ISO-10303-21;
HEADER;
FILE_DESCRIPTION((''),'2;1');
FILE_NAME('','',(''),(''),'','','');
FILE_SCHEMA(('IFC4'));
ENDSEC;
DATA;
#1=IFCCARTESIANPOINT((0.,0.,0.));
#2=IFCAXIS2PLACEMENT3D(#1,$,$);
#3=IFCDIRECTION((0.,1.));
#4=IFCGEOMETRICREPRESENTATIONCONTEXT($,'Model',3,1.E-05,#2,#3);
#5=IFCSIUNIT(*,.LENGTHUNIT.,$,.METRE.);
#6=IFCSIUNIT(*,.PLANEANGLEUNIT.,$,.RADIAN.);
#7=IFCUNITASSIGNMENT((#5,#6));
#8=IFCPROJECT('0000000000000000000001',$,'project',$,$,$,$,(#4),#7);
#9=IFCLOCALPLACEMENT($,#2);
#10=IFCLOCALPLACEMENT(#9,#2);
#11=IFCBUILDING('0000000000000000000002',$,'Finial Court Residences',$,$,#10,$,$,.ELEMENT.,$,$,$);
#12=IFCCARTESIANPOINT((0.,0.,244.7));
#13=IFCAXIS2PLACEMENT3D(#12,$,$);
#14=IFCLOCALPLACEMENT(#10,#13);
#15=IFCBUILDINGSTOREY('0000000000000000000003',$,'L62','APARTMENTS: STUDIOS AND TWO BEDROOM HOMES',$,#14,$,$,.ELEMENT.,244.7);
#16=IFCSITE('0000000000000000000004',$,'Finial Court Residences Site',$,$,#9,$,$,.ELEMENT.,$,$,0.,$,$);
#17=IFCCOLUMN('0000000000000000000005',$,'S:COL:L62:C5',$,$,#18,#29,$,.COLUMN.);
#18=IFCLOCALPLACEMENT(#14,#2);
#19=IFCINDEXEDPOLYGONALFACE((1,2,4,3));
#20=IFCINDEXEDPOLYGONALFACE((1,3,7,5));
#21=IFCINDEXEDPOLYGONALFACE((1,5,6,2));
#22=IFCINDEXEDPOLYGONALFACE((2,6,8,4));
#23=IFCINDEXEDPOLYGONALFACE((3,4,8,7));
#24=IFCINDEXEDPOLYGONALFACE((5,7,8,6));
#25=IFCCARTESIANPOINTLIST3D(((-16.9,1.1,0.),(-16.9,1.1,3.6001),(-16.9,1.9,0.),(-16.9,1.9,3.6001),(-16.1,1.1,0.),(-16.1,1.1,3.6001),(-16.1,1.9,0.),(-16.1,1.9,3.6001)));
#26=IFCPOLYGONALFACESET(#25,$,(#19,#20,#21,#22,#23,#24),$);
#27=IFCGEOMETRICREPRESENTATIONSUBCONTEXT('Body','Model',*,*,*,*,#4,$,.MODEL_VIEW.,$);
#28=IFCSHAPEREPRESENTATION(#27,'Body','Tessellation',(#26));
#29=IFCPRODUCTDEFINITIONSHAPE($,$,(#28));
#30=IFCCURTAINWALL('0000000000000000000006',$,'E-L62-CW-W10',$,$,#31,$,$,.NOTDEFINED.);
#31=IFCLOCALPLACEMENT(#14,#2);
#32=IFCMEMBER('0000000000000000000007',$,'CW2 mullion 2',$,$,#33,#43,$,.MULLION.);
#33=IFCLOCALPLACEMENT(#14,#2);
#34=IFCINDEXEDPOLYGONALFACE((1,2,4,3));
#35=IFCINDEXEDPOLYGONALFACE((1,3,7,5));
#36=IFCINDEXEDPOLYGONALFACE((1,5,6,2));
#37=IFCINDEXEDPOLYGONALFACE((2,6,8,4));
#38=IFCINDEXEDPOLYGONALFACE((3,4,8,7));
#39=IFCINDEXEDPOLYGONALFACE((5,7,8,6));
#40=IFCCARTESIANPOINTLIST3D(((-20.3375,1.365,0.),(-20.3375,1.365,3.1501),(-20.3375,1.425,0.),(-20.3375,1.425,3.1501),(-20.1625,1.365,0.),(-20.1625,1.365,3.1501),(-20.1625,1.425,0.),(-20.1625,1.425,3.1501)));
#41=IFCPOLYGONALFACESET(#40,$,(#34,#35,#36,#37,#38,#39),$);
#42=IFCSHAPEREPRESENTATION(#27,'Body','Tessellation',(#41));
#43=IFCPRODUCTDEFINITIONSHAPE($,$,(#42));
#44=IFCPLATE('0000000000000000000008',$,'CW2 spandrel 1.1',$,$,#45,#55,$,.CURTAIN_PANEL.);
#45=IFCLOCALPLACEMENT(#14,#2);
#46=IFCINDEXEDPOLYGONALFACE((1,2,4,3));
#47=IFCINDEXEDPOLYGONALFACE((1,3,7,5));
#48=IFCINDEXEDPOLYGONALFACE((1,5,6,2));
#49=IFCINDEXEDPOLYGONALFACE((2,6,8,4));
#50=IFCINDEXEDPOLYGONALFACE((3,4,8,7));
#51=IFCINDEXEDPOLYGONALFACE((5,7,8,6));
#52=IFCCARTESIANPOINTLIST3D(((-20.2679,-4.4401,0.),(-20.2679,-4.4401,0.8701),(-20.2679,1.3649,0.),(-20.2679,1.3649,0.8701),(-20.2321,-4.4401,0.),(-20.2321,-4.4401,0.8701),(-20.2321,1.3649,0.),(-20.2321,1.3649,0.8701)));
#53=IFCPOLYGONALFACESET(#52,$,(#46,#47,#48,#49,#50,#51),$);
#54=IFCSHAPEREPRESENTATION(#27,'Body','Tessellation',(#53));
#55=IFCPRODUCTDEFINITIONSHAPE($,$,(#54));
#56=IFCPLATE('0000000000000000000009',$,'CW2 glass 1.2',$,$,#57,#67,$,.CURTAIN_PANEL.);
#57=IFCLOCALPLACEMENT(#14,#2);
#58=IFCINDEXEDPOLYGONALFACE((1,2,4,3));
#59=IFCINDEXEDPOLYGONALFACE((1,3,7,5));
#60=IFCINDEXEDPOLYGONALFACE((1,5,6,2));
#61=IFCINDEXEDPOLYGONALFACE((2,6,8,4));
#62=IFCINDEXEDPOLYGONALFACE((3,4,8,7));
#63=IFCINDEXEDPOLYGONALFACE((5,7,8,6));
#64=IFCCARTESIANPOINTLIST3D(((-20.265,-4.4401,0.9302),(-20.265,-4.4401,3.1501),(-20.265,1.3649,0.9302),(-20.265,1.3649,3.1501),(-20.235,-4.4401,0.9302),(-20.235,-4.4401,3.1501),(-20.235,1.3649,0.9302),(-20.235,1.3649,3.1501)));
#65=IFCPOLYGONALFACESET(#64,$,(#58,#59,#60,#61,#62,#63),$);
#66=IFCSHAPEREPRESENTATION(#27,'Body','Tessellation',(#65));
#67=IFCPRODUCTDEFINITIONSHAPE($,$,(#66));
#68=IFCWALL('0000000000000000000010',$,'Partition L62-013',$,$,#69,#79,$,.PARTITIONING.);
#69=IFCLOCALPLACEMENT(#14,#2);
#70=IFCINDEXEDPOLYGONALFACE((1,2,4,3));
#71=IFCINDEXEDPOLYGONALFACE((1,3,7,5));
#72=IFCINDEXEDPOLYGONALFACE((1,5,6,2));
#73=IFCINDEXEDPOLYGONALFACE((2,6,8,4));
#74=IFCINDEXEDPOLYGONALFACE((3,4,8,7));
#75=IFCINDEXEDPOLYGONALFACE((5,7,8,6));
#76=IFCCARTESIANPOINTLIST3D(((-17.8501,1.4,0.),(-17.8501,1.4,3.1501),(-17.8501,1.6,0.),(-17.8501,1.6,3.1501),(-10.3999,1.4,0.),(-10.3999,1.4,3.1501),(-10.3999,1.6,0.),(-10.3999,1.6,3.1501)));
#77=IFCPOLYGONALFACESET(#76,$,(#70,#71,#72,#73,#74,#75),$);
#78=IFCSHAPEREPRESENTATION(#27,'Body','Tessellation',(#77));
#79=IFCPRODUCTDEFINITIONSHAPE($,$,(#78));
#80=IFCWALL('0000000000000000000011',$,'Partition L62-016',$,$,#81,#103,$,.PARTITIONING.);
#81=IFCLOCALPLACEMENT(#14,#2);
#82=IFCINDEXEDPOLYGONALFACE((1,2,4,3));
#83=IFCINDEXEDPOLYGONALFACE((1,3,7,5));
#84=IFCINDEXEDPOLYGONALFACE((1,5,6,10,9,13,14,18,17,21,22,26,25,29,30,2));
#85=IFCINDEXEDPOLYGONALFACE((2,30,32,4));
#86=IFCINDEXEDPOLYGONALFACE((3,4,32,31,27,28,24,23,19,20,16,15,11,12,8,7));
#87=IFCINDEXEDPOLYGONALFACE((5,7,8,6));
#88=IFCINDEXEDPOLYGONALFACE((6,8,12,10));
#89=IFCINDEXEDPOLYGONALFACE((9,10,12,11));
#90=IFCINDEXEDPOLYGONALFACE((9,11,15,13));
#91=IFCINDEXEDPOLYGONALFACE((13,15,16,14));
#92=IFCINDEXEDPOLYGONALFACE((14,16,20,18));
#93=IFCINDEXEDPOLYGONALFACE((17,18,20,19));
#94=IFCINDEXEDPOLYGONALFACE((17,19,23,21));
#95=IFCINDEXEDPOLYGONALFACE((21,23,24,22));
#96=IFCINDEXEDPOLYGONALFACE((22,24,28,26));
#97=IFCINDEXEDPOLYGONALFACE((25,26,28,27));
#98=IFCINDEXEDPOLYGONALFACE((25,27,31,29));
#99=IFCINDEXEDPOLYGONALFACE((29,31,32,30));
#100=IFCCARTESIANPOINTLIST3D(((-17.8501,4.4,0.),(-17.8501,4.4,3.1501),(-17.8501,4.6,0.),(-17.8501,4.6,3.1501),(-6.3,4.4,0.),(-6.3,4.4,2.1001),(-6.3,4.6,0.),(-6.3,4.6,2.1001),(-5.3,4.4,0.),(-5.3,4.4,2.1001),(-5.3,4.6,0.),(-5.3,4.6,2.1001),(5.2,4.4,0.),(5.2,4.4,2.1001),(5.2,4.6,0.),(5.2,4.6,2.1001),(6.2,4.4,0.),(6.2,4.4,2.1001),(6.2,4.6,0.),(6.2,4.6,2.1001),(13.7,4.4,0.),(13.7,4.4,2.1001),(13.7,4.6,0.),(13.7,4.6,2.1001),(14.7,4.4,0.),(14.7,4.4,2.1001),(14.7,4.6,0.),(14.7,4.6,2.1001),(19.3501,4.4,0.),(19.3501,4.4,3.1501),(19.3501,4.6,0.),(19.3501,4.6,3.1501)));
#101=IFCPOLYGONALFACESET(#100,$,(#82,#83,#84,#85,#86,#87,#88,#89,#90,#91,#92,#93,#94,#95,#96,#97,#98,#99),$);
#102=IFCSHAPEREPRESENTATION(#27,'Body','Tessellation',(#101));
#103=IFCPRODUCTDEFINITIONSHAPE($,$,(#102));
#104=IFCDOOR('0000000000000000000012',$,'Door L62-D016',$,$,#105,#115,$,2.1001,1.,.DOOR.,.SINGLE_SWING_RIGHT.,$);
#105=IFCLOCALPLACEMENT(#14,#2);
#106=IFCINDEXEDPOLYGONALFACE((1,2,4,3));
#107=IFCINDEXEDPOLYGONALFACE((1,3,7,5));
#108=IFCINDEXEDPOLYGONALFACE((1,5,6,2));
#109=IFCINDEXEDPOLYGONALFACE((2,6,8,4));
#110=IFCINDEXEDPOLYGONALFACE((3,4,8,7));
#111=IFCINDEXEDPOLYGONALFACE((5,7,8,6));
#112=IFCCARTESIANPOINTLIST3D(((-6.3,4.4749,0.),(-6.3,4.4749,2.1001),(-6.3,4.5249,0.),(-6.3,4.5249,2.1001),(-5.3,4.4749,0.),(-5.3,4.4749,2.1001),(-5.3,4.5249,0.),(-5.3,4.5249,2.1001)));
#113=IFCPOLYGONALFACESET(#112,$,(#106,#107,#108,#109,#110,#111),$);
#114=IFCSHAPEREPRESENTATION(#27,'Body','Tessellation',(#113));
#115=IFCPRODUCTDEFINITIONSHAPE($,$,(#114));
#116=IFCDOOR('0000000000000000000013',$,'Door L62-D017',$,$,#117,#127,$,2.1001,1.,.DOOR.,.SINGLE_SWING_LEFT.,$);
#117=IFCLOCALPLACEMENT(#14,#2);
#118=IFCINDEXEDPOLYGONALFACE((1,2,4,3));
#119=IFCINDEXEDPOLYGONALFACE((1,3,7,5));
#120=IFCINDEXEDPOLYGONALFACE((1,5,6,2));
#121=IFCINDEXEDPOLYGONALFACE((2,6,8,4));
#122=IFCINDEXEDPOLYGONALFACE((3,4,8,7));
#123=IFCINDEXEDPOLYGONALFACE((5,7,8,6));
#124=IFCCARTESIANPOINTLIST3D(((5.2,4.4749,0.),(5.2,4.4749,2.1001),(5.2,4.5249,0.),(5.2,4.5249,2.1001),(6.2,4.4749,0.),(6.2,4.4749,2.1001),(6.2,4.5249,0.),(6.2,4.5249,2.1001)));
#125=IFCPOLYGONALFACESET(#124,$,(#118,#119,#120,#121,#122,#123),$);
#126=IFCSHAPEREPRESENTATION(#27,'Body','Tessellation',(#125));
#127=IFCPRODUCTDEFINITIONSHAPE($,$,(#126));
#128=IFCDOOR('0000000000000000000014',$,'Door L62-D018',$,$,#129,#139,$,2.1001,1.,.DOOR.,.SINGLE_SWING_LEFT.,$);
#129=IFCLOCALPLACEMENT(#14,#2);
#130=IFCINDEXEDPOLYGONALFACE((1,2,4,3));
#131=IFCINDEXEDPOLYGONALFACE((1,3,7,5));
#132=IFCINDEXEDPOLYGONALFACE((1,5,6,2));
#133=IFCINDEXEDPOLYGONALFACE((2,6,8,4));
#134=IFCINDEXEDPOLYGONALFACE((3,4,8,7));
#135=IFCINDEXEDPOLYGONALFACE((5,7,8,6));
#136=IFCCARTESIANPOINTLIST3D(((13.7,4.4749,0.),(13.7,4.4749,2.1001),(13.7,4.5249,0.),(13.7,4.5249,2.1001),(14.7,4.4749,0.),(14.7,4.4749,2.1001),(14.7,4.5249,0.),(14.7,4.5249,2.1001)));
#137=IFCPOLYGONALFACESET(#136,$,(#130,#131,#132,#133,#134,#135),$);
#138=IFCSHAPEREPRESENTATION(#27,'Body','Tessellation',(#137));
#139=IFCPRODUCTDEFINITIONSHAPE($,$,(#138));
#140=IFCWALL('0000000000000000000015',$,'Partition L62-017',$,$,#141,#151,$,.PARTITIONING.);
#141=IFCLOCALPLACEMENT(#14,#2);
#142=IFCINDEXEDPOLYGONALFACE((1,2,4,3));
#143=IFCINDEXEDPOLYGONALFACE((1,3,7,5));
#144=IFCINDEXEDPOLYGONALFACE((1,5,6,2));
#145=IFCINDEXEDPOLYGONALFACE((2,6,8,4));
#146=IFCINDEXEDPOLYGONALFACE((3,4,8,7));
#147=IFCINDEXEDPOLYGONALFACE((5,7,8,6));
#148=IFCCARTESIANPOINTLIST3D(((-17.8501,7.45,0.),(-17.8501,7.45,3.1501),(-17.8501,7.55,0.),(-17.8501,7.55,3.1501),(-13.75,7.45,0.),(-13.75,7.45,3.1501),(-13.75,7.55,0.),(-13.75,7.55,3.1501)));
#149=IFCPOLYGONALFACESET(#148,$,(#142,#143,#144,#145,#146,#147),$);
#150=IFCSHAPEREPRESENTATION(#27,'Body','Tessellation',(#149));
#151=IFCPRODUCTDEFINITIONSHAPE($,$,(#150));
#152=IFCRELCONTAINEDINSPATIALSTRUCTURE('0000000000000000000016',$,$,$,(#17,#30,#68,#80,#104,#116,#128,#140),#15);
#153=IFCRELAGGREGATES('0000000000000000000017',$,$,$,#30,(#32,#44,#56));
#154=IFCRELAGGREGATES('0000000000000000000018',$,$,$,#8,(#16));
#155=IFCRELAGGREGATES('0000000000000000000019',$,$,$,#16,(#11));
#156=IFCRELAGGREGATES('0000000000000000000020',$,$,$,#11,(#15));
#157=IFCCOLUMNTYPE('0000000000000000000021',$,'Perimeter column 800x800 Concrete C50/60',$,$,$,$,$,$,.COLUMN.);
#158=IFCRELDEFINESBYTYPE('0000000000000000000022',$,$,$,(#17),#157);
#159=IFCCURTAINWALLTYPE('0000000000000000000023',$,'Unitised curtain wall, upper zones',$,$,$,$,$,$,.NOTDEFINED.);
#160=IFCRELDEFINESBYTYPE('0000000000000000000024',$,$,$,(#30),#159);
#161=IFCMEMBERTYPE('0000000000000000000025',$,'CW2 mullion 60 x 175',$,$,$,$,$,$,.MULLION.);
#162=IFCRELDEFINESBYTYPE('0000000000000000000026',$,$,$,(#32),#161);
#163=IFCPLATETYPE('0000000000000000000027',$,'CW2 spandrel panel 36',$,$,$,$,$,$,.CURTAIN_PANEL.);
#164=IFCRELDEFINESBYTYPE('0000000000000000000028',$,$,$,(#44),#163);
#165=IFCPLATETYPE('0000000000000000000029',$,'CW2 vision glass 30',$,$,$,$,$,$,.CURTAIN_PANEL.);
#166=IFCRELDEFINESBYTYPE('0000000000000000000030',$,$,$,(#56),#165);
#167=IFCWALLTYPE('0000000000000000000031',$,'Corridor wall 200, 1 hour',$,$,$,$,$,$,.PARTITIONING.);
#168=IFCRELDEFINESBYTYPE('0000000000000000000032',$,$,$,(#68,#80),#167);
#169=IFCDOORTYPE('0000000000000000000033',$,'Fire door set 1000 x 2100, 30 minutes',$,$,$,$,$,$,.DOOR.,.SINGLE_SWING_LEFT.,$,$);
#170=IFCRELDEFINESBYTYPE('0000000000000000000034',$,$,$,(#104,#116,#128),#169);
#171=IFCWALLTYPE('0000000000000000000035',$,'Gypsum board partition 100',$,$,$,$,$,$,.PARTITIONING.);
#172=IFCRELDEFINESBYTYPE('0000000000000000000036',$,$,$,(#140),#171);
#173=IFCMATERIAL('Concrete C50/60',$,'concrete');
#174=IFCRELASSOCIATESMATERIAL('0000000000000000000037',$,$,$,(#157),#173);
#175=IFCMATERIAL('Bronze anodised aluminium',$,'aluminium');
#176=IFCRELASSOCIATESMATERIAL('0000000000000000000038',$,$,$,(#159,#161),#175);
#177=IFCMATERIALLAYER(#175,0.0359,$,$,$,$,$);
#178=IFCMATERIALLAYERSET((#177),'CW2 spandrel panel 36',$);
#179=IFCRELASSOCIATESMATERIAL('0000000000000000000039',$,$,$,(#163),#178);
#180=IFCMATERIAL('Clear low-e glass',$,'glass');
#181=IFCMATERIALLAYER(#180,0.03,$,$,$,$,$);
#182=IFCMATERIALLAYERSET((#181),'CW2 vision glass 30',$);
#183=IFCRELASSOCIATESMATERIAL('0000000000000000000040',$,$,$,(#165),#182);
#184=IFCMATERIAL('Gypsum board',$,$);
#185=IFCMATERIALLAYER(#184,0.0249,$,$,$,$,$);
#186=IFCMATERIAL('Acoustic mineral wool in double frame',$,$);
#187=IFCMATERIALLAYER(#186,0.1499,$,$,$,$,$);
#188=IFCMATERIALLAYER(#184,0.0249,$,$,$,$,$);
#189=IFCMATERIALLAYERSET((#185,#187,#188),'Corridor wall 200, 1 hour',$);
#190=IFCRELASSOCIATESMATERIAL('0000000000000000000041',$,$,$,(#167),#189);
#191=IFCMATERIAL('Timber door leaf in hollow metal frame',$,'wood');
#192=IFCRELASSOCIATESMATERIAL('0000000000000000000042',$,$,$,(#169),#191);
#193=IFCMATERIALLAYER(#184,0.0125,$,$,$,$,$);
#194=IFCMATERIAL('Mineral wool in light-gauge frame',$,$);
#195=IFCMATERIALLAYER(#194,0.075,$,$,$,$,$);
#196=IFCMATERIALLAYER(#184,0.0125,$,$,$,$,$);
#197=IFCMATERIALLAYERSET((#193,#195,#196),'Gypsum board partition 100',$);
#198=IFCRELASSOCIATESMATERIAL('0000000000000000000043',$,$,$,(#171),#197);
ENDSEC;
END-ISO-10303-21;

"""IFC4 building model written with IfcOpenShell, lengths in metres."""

from ifc_helpers import new_model, si_unit, direction, frame, frame_2d, origin, origin_2d, place, context, subcontext, project, spatial, rectangle, extrude, material, layer, layer_set, material_profile, profile_set, type_object, element, fill, aggregate, save


model = new_model("IFC4")

# Units and contexts
model_context = context("Model", 3, precision=1e-05, world=origin(), true_north=direction((0.0, 1.0)))
body_context = subcontext(model_context, "Body", "Model", "MODEL_VIEW")
ifc_project = project(units=[si_unit("LENGTHUNIT", "METRE"), si_unit("PLANEANGLEUNIT", "RADIAN")], contexts=[model_context])

# Site, building, storey
site_placement = place(None, origin())
site = spatial("IfcSite", under=ifc_project, at=site_placement, Name="Finial Court Residences Site", CompositionType="ELEMENT", RefElevation=0.0)
building_placement = place(site_placement, origin())
building = spatial("IfcBuilding", under=site, at=building_placement, Name="Finial Court Residences", CompositionType="ELEMENT")
storey_placement = place(building_placement, frame((0.0, 0.0, 244.7)))
storey = spatial("IfcBuildingStorey", under=building, at=storey_placement, Name="L62", Description="APARTMENTS: STUDIOS AND TWO BEDROOM HOMES", CompositionType="ELEMENT", Elevation=244.7)

# Column
ifc_material_1 = material(Name="Concrete C50/60", Category="concrete")
ifc_material_profile_1 = material_profile(ifc_material_1, rectangle(XDim=0.8, YDim=0.8, at=origin_2d()), Name="800x800")
ifc_profile_set_1 = profile_set([ifc_material_profile_1], Name="Concrete C50/60")
column_type = type_object("IfcColumnType", Name="Perimeter column 800x800 Concrete C50/60", PredefinedType="COLUMN", material=ifc_profile_set_1)
column_placement = place(storey_placement, frame((-16.5, 1.5, 0.0), z_axis=(0.0, 0.0, 1.0), x_axis=(1.0, 0.0, 0.0)))
element("IfcColumn", 1, at=column_placement, inside=storey, type_object=column_type, Name="S:COL:L62:C5", PredefinedType="COLUMN", context=body_context, shape_type="SweptSolid", body=[
    extrude(rectangle(XDim=0.8, YDim=0.8, at=origin_2d()), origin(), (0.0, 0.0, 1.0), 3.6001),
])

# Curtain wall, member, plates
ifc_material_2 = material(Name="Bronze anodised aluminium", Category="aluminium")
curtain_wall_type = type_object("IfcCurtainWallType", Name="Unitised curtain wall, upper zones", PredefinedType="NOTDEFINED", material=ifc_material_2)
curtain_wall_placement = place(storey_placement, origin())
curtain_wall = element("IfcCurtainWall", 2, at=curtain_wall_placement, inside=storey, type_object=curtain_wall_type, Name="E-L62-CW-W10", PredefinedType="NOTDEFINED")
ifc_material_profile_2 = material_profile(ifc_material_2, rectangle(XDim=0.175, YDim=0.0601, at=origin_2d()), Name="CW2 mullion 60 x 175")
ifc_profile_set_2 = profile_set([ifc_material_profile_2], Name="Bronze anodised aluminium")
member_type = type_object("IfcMemberType", Name="CW2 mullion 60 x 175", PredefinedType="MULLION", material=ifc_profile_set_2)
member_placement = place(storey_placement, frame((-20.25, 1.395, 0.0), z_axis=(0.0, 0.0, 1.0), x_axis=(-1.0, 0.0, 0.0)))
member = element("IfcMember", 3, at=member_placement, type_object=member_type, Name="CW2 mullion 2", PredefinedType="MULLION", context=body_context, shape_type="SweptSolid", body=[
    extrude(rectangle(XDim=0.175, YDim=0.0601, at=origin_2d()), origin(), (0.0, 0.0, 1.0), 3.1501),
])
ifc_layer_1 = layer(ifc_material_2, 0.0359)
ifc_layer_set_1 = layer_set([ifc_layer_1], Name="CW2 spandrel panel 36")
plate_type_1 = type_object("IfcPlateType", Name="CW2 spandrel panel 36", PredefinedType="CURTAIN_PANEL", material=ifc_layer_set_1)
plate_1_placement = place(storey_placement, frame((-20.25, -1.5376, 0.0), z_axis=(0.0, 0.0, 1.0), x_axis=(0.0, 1.0, 0.0)))
plate_1 = element("IfcPlate", 4, at=plate_1_placement, type_object=plate_type_1, Name="CW2 spandrel 1.1", PredefinedType="CURTAIN_PANEL", context=body_context, shape_type="SweptSolid", body=[
    extrude(rectangle(XDim=5.8049, YDim=0.0359, at=origin_2d()), origin(), (0.0, 0.0, 1.0), 0.8701),
])
ifc_material_3 = material(Name="Clear low-e glass", Category="glass")
ifc_layer_2 = layer(ifc_material_3, 0.03)
ifc_layer_set_2 = layer_set([ifc_layer_2], Name="CW2 vision glass 30")
plate_type_2 = type_object("IfcPlateType", Name="CW2 vision glass 30", PredefinedType="CURTAIN_PANEL", material=ifc_layer_set_2)
plate_2_placement = place(storey_placement, frame((-20.25, -1.5376, 0.9302), z_axis=(0.0, 0.0, 1.0), x_axis=(0.0, 1.0, 0.0)))
plate_2 = element("IfcPlate", 5, at=plate_2_placement, type_object=plate_type_2, Name="CW2 glass 1.2", PredefinedType="CURTAIN_PANEL", context=body_context, shape_type="SweptSolid", body=[
    extrude(rectangle(XDim=5.8049, YDim=0.03, at=origin_2d()), origin(), (0.0, 0.0, 1.0), 2.22),
])
aggregate(curtain_wall, [member, plate_1, plate_2])

# Wall
ifc_material_4 = material(Name="Gypsum board")
ifc_layer_3 = layer(ifc_material_4, 0.0249)
ifc_material_5 = material(Name="Acoustic mineral wool in double frame")
ifc_layer_4 = layer(ifc_material_5, 0.1499)
ifc_layer_5 = layer(ifc_material_4, 0.0249)
ifc_layer_set_3 = layer_set([ifc_layer_3, ifc_layer_4, ifc_layer_5], Name="Corridor wall 200, 1 hour")
wall_type_1 = type_object("IfcWallType", Name="Corridor wall 200, 1 hour", PredefinedType="PARTITIONING", material=ifc_layer_set_3)
wall_1_placement = place(storey_placement, frame((-17.8501, 1.5, 0.0), z_axis=(0.0, 0.0, 1.0), x_axis=(1.0, 0.0, 0.0)))
element("IfcWall", 6, at=wall_1_placement, inside=storey, type_object=wall_type_1, Name="Partition L62-013", PredefinedType="PARTITIONING", context=body_context, shape_type="SweptSolid", body=[
    extrude(rectangle(XDim=7.4502, YDim=0.2, at=frame_2d((3.7251, 0.0))), origin(), (0.0, 0.0, 1.0), 3.1501),
])

# Wall, openings, doors
wall_2_placement = place(storey_placement, frame((-17.8501, 4.5, 0.0), z_axis=(0.0, 0.0, 1.0), x_axis=(1.0, 0.0, 0.0)))
wall_2 = element("IfcWall", 7, at=wall_2_placement, inside=storey, type_object=wall_type_1, Name="Partition L62-016", PredefinedType="PARTITIONING", context=body_context, shape_type="SweptSolid", body=[
    extrude(rectangle(XDim=37.2002, YDim=0.2, at=frame_2d((18.6001, 0.0))), origin(), (0.0, 0.0, 1.0), 3.1501),
])
opening_1_placement = place(wall_2_placement, frame((11.55, 0.0, 0.0)))
opening_1 = element("IfcOpeningElement", 8, at=opening_1_placement, cuts=wall_2, PredefinedType="OPENING", context=body_context, shape_type="SweptSolid", body=[
    extrude(rectangle(XDim=1.0, YDim=2.1001, at=frame_2d((0.5, 1.05))), frame((0.0, 0.1099, 0.0), z_axis=(0.0, -1.0, 0.0), x_axis=(1.0, 0.0, 0.0)), (0.0, 0.0, 1.0), 0.22),
])
opening_2_placement = place(wall_2_placement, frame((23.05, 0.0, 0.0)))
opening_2 = element("IfcOpeningElement", 9, at=opening_2_placement, cuts=wall_2, PredefinedType="OPENING", context=body_context, shape_type="SweptSolid", body=[
    extrude(rectangle(XDim=1.0, YDim=2.1001, at=frame_2d((0.5, 1.05))), frame((0.0, 0.1099, 0.0), z_axis=(0.0, -1.0, 0.0), x_axis=(1.0, 0.0, 0.0)), (0.0, 0.0, 1.0), 0.22),
])
opening_3_placement = place(wall_2_placement, frame((31.55, 0.0, 0.0)))
opening_3 = element("IfcOpeningElement", 10, at=opening_3_placement, cuts=wall_2, PredefinedType="OPENING", context=body_context, shape_type="SweptSolid", body=[
    extrude(rectangle(XDim=1.0, YDim=2.1001, at=frame_2d((0.5, 1.05))), frame((0.0, 0.1099, 0.0), z_axis=(0.0, -1.0, 0.0), x_axis=(1.0, 0.0, 0.0)), (0.0, 0.0, 1.0), 0.22),
])
ifc_material_6 = material(Name="Timber door leaf in hollow metal frame", Category="wood")
door_type_1 = type_object("IfcDoorType", Name="Fire door set 1000 x 2100, 30 minutes", OperationType="SINGLE_SWING_LEFT", PredefinedType="DOOR", material=ifc_material_6)
door_1_placement = place(opening_1_placement, origin())
door_1 = element("IfcDoor", 11, at=door_1_placement, inside=storey, type_object=door_type_1, Name="Door L62-D016", OperationType="SINGLE_SWING_RIGHT", OverallHeight=2.1001, OverallWidth=1.0, PredefinedType="DOOR", context=body_context, shape_type="SweptSolid", body=[
    extrude(rectangle(XDim=1.0, YDim=2.1001, at=frame_2d((0.5, 1.05))), frame((0.0, 0.0249, 0.0), z_axis=(0.0, -1.0, 0.0), x_axis=(1.0, 0.0, 0.0)), (0.0, 0.0, 1.0), 0.05),
])
fill(opening_1, door_1)
door_2_placement = place(opening_2_placement, origin())
door_2 = element("IfcDoor", 12, at=door_2_placement, inside=storey, type_object=door_type_1, Name="Door L62-D017", OperationType="SINGLE_SWING_LEFT", OverallHeight=2.1001, OverallWidth=1.0, PredefinedType="DOOR", context=body_context, shape_type="SweptSolid", body=[
    extrude(rectangle(XDim=1.0, YDim=2.1001, at=frame_2d((0.5, 1.05))), frame((0.0, 0.0249, 0.0), z_axis=(0.0, -1.0, 0.0), x_axis=(1.0, 0.0, 0.0)), (0.0, 0.0, 1.0), 0.05),
])
fill(opening_2, door_2)
door_3_placement = place(opening_3_placement, origin())
door_3 = element("IfcDoor", 13, at=door_3_placement, inside=storey, type_object=door_type_1, Name="Door L62-D018", OperationType="SINGLE_SWING_LEFT", OverallHeight=2.1001, OverallWidth=1.0, PredefinedType="DOOR", context=body_context, shape_type="SweptSolid", body=[
    extrude(rectangle(XDim=1.0, YDim=2.1001, at=frame_2d((0.5, 1.05))), frame((0.0, 0.0249, 0.0), z_axis=(0.0, -1.0, 0.0), x_axis=(1.0, 0.0, 0.0)), (0.0, 0.0, 1.0), 0.05),
])
fill(opening_3, door_3)

# Wall
ifc_layer_6 = layer(ifc_material_4, 0.0125)
ifc_material_7 = material(Name="Mineral wool in light-gauge frame")
ifc_layer_7 = layer(ifc_material_7, 0.075)
ifc_layer_8 = layer(ifc_material_4, 0.0125)
ifc_layer_set_4 = layer_set([ifc_layer_6, ifc_layer_7, ifc_layer_8], Name="Gypsum board partition 100")
wall_type_2 = type_object("IfcWallType", Name="Gypsum board partition 100", PredefinedType="PARTITIONING", material=ifc_layer_set_4)
wall_3_placement = place(storey_placement, frame((-17.8501, 7.5, 0.0), z_axis=(0.0, 0.0, 1.0), x_axis=(1.0, 0.0, 0.0)))
element("IfcWall", 14, at=wall_3_placement, inside=storey, type_object=wall_type_2, Name="Partition L62-017", PredefinedType="PARTITIONING", context=body_context, shape_type="SweptSolid", body=[
    extrude(rectangle(XDim=4.1001, YDim=0.1001, at=frame_2d((2.05, 0.0))), origin(), (0.0, 0.0, 1.0), 3.1501),
])

save(model, "model.ifc")
